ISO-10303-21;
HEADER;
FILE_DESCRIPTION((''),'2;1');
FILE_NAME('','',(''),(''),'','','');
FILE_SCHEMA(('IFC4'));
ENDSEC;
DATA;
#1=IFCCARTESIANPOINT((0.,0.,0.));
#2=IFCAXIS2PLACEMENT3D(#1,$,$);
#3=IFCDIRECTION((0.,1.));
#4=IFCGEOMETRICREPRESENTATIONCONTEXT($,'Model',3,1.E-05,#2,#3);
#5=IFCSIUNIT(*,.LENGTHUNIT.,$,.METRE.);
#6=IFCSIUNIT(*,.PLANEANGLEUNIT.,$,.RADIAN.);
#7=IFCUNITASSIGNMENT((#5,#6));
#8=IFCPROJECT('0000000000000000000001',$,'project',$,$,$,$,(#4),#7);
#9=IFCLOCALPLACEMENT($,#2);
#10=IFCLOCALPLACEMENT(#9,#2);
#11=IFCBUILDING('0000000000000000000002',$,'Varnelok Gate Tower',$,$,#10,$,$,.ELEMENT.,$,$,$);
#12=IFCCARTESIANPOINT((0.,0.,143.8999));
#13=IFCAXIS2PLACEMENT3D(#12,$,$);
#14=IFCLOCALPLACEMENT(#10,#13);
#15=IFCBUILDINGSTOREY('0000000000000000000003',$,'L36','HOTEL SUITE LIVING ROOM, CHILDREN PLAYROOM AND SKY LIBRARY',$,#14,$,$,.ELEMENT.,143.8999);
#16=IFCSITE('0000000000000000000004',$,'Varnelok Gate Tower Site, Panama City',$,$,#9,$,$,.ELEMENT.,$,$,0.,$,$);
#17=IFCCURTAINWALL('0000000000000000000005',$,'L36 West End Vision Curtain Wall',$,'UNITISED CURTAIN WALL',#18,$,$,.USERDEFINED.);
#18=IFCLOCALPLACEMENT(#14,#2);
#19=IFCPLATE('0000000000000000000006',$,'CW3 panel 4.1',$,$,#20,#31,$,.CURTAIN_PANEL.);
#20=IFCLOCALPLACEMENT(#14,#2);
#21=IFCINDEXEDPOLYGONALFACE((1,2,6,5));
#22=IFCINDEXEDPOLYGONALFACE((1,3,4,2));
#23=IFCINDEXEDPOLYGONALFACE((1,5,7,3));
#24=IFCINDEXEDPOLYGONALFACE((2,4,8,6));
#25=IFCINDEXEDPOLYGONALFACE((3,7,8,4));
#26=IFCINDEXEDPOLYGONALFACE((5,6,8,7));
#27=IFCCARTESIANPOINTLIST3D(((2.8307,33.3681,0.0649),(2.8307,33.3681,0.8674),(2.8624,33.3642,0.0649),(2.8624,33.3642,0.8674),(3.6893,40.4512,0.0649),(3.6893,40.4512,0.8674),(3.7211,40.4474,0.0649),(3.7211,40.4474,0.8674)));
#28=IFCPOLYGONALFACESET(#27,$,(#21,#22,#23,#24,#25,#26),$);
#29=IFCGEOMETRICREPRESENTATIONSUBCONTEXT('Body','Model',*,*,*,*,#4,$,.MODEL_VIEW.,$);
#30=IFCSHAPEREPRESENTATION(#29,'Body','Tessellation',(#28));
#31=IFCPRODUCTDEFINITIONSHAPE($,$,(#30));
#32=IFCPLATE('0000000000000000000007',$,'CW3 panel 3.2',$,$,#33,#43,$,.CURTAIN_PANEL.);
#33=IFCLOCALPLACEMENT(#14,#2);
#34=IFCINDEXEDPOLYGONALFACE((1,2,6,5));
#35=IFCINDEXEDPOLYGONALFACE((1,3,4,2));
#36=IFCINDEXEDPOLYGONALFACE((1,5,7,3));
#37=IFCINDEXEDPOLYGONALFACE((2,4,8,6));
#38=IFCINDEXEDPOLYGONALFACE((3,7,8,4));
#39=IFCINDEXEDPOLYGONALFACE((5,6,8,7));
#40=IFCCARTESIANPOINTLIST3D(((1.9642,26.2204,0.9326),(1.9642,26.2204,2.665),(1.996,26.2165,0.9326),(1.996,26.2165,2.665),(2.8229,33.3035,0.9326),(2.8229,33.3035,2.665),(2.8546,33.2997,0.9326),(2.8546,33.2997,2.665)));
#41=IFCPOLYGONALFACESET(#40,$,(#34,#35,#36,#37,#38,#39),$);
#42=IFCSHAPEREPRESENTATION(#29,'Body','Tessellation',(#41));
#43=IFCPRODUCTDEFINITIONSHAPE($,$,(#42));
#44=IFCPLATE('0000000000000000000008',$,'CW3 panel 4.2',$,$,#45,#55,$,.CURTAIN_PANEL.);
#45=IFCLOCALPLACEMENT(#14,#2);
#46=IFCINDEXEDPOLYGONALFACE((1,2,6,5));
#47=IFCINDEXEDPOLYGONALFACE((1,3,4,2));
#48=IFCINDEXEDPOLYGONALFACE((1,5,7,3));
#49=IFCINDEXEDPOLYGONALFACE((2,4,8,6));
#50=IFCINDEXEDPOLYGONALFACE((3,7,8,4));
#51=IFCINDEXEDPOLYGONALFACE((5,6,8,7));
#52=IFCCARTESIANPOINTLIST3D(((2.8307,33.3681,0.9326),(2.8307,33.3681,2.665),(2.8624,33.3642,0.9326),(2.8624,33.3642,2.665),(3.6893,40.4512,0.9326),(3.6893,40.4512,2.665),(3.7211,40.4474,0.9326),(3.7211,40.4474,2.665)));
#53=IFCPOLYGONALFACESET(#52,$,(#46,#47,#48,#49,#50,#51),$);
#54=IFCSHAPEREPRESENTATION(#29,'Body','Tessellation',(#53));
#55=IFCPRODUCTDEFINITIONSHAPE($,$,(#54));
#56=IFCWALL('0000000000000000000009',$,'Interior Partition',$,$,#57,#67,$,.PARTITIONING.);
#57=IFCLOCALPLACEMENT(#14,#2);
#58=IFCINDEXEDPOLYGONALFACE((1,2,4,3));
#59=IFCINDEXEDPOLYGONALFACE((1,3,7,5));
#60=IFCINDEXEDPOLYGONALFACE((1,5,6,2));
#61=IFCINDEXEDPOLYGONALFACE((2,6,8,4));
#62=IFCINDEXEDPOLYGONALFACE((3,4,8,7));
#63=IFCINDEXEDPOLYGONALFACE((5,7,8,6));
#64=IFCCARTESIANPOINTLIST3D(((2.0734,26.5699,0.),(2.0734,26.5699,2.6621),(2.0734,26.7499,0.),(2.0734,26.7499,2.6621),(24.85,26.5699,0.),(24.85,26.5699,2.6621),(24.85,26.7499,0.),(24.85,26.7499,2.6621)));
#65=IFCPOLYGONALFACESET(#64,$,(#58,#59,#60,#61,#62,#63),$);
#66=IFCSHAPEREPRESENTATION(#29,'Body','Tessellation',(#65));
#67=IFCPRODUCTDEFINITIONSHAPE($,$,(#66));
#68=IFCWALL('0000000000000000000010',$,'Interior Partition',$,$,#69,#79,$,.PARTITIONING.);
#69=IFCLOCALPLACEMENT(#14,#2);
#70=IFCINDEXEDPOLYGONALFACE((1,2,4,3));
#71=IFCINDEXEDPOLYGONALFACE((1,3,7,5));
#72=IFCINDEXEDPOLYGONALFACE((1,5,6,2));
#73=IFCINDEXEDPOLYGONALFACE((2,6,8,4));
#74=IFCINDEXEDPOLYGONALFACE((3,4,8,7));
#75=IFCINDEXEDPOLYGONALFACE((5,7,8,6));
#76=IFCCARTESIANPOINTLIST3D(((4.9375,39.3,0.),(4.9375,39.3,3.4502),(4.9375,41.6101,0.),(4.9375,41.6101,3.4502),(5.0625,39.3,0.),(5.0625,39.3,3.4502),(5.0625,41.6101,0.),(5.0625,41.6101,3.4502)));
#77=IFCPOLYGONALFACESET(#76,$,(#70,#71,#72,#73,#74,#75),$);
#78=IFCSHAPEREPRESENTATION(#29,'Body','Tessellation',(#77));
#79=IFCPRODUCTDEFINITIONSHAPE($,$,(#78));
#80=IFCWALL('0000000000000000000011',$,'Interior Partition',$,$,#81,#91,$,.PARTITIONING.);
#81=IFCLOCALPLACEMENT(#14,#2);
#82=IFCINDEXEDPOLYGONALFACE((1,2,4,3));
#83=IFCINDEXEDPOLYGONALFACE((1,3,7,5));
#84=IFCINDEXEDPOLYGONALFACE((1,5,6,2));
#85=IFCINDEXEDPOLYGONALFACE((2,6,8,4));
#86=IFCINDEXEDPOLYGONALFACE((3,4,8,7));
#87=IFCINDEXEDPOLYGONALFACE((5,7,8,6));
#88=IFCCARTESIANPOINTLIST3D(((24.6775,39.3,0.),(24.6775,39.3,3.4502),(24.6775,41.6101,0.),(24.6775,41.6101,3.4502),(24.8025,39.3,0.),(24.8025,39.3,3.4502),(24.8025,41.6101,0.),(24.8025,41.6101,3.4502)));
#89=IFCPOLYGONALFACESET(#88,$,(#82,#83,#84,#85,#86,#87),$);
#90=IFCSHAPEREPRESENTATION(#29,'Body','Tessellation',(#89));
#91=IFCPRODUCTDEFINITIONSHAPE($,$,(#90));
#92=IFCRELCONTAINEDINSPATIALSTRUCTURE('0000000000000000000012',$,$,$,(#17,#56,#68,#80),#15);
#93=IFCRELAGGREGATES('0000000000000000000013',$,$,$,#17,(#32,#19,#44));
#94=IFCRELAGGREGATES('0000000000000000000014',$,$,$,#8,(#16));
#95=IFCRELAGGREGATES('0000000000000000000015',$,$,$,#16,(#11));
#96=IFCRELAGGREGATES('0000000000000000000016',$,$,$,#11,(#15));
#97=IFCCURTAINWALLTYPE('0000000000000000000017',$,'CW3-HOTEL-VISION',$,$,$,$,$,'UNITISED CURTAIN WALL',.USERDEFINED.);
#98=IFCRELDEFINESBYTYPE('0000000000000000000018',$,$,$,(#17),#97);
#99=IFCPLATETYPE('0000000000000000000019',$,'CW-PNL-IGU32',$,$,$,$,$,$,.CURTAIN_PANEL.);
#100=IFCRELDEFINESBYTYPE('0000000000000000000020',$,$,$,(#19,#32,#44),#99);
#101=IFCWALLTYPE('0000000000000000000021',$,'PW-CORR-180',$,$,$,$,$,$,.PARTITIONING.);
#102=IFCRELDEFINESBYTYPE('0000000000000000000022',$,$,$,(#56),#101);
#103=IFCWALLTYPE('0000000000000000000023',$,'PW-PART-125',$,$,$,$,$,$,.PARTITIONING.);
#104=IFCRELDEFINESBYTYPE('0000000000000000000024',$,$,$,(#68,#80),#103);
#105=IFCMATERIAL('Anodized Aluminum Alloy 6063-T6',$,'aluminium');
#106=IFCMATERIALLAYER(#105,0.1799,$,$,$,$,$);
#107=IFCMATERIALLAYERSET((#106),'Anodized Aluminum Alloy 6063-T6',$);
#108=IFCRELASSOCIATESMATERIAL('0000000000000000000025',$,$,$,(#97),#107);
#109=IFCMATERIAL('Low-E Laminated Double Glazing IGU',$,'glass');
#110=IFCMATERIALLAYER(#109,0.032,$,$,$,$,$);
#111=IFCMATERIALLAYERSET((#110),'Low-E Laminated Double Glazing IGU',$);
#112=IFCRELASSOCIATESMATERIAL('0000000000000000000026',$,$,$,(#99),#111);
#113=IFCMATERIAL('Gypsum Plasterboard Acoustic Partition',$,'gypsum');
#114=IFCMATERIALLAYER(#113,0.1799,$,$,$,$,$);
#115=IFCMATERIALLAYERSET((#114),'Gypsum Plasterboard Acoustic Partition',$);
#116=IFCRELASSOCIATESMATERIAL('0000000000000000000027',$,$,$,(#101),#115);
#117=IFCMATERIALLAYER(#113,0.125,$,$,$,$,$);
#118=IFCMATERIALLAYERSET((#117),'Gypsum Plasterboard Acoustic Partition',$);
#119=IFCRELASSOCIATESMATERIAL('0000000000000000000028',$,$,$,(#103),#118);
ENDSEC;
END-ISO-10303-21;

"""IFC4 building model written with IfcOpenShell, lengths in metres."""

from ifc_helpers import new_model, si_unit, direction, frame, frame_2d, origin, origin_2d, place, context, subcontext, project, spatial, rectangle, extrude, source, transform, mapped, material, layer, layer_set, type_object, element, aggregate, save


model = new_model("IFC4")

# Units and contexts
model_context = context("Model", 3, precision=1e-05, world=origin(), true_north=direction((0.0, 1.0)))
body_context = subcontext(model_context, "Body", "Model", "MODEL_VIEW")
ifc_project = project(units=[si_unit("LENGTHUNIT", "METRE"), si_unit("PLANEANGLEUNIT", "RADIAN")], contexts=[model_context])

# Site, building, storey
site_placement = place(None, origin())
site = spatial("IfcSite", under=ifc_project, at=site_placement, Name="Varnelok Gate Tower Site, Panama City", CompositionType="ELEMENT", RefElevation=0.0)
building_placement = place(site_placement, origin())
building = spatial("IfcBuilding", under=site, at=building_placement, Name="Varnelok Gate Tower", CompositionType="ELEMENT")
storey_placement = place(building_placement, frame((0.0, 0.0, 143.8999)))
storey = spatial("IfcBuildingStorey", under=building, at=storey_placement, Name="L36", Description="HOTEL SUITE LIVING ROOM, CHILDREN PLAYROOM AND SKY LIBRARY", CompositionType="ELEMENT", Elevation=143.8999)

# Curtain wall, plates
ifc_material_1 = material(Name="Anodized Aluminum Alloy 6063-T6", Category="aluminium")
ifc_layer_1 = layer(ifc_material_1, 0.1799)
ifc_layer_set_1 = layer_set([ifc_layer_1], Name="Anodized Aluminum Alloy 6063-T6")
curtain_wall_type = type_object("IfcCurtainWallType", Name="CW3-HOTEL-VISION", ElementType="UNITISED CURTAIN WALL", PredefinedType="USERDEFINED", material=ifc_layer_set_1)
curtain_wall_placement = place(storey_placement, origin())
curtain_wall = element("IfcCurtainWall", 1, at=curtain_wall_placement, inside=storey, type_object=curtain_wall_type, Name="L36 West End Vision Curtain Wall", ObjectType="UNITISED CURTAIN WALL", PredefinedType="USERDEFINED")
ifc_material_2 = material(Name="Low-E Laminated Double Glazing IGU", Category="glass")
ifc_layer_2 = layer(ifc_material_2, 0.032)
ifc_layer_set_2 = layer_set([ifc_layer_2], Name="Low-E Laminated Double Glazing IGU")
plate_type = type_object("IfcPlateType", Name="CW-PNL-IGU32", PredefinedType="CURTAIN_PANEL", material=ifc_layer_set_2)
shared_shape_1 = source(origin(), body_context, "Body", "SweptSolid", [
    extrude(rectangle(XDim=7.135, YDim=0.032, at=origin_2d()), origin(), (0.0, 0.0, 1.0), 0.8025),
])
plate_1_placement = place(storey_placement, frame((3.2759, 36.9077, 0.0649), z_axis=(0.0, 0.0, 1.0), x_axis=(0.120347, 0.992732, 0.0)))
plate_1 = element("IfcPlate", 2, at=plate_1_placement, type_object=plate_type, Name="CW3 panel 4.1", PredefinedType="CURTAIN_PANEL", context=body_context, shape_type="MappedRepresentation", body=[
    mapped(shared_shape_1, transform((0.0, 0.0, 0.0), scale=1.0)),
])
shared_shape_2 = source(origin(), body_context, "Body", "SweptSolid", [
    extrude(rectangle(XDim=7.135, YDim=0.032, at=origin_2d()), origin(), (0.0, 0.0, 1.0), 1.7324),
])
plate_2_placement = place(storey_placement, frame((2.4094, 29.76, 0.9326), z_axis=(0.0, 0.0, 1.0), x_axis=(0.120347, 0.992732, 0.0)))
plate_2 = element("IfcPlate", 3, at=plate_2_placement, type_object=plate_type, Name="CW3 panel 3.2", PredefinedType="CURTAIN_PANEL", context=body_context, shape_type="MappedRepresentation", body=[
    mapped(shared_shape_2, transform((0.0, 0.0, 0.0), scale=1.0)),
])
plate_3_placement = place(storey_placement, frame((3.2759, 36.9077, 0.9326), z_axis=(0.0, 0.0, 1.0), x_axis=(0.120347, 0.992732, 0.0)))
plate_3 = element("IfcPlate", 4, at=plate_3_placement, type_object=plate_type, Name="CW3 panel 4.2", PredefinedType="CURTAIN_PANEL", context=body_context, shape_type="MappedRepresentation", body=[
    mapped(shared_shape_2, transform((0.0, 0.0, 0.0), scale=1.0)),
])
aggregate(curtain_wall, [plate_2, plate_1, plate_3])

# Walls
ifc_material_3 = material(Name="Gypsum Plasterboard Acoustic Partition", Category="gypsum")
ifc_layer_3 = layer(ifc_material_3, 0.1799)
ifc_layer_set_3 = layer_set([ifc_layer_3], Name="Gypsum Plasterboard Acoustic Partition")
wall_type_1 = type_object("IfcWallType", Name="PW-CORR-180", PredefinedType="PARTITIONING", material=ifc_layer_set_3)
wall_placement = place(storey_placement, frame((2.0735, 26.6599, 0.0), z_axis=(0.0, 0.0, 1.0), x_axis=(1.0, 0.0, 0.0)))
element("IfcWall", 5, at=wall_placement, inside=storey, type_object=wall_type_1, Name="Interior Partition", PredefinedType="PARTITIONING", context=body_context, shape_type="SweptSolid", body=[
    extrude(rectangle(XDim=22.7766, YDim=0.1799, at=frame_2d((11.3882, 0.0))), origin(), (0.0, 0.0, 1.0), 2.6621),
])
ifc_layer_4 = layer(ifc_material_3, 0.125)
ifc_layer_set_4 = layer_set([ifc_layer_4], Name="Gypsum Plasterboard Acoustic Partition")
wall_type_2 = type_object("IfcWallType", Name="PW-PART-125", PredefinedType="PARTITIONING", material=ifc_layer_set_4)
for number, where, z_axis, x_axis, name in (
    (6, (5.0, 39.3, 0.0), (0.0, 0.0, 1.0), (0.0, 1.0, 0.0), "Interior Partition"),
    (7, (24.74, 39.3, 0.0), (0.0, 0.0, 1.0), (0.0, 1.0, 0.0), "Interior Partition"),
):
    element("IfcWall", number, at=place(storey_placement, frame(where, z_axis=z_axis, x_axis=x_axis)), inside=storey, type_object=wall_type_2, Name=name, PredefinedType="PARTITIONING", context=body_context, shape_type="SweptSolid", body=[
        extrude(rectangle(XDim=2.3101, YDim=0.125, at=frame_2d((1.155, 0.0))), origin(), (0.0, 0.0, 1.0), 3.4502),
    ])

save(model, "model.ifc")
